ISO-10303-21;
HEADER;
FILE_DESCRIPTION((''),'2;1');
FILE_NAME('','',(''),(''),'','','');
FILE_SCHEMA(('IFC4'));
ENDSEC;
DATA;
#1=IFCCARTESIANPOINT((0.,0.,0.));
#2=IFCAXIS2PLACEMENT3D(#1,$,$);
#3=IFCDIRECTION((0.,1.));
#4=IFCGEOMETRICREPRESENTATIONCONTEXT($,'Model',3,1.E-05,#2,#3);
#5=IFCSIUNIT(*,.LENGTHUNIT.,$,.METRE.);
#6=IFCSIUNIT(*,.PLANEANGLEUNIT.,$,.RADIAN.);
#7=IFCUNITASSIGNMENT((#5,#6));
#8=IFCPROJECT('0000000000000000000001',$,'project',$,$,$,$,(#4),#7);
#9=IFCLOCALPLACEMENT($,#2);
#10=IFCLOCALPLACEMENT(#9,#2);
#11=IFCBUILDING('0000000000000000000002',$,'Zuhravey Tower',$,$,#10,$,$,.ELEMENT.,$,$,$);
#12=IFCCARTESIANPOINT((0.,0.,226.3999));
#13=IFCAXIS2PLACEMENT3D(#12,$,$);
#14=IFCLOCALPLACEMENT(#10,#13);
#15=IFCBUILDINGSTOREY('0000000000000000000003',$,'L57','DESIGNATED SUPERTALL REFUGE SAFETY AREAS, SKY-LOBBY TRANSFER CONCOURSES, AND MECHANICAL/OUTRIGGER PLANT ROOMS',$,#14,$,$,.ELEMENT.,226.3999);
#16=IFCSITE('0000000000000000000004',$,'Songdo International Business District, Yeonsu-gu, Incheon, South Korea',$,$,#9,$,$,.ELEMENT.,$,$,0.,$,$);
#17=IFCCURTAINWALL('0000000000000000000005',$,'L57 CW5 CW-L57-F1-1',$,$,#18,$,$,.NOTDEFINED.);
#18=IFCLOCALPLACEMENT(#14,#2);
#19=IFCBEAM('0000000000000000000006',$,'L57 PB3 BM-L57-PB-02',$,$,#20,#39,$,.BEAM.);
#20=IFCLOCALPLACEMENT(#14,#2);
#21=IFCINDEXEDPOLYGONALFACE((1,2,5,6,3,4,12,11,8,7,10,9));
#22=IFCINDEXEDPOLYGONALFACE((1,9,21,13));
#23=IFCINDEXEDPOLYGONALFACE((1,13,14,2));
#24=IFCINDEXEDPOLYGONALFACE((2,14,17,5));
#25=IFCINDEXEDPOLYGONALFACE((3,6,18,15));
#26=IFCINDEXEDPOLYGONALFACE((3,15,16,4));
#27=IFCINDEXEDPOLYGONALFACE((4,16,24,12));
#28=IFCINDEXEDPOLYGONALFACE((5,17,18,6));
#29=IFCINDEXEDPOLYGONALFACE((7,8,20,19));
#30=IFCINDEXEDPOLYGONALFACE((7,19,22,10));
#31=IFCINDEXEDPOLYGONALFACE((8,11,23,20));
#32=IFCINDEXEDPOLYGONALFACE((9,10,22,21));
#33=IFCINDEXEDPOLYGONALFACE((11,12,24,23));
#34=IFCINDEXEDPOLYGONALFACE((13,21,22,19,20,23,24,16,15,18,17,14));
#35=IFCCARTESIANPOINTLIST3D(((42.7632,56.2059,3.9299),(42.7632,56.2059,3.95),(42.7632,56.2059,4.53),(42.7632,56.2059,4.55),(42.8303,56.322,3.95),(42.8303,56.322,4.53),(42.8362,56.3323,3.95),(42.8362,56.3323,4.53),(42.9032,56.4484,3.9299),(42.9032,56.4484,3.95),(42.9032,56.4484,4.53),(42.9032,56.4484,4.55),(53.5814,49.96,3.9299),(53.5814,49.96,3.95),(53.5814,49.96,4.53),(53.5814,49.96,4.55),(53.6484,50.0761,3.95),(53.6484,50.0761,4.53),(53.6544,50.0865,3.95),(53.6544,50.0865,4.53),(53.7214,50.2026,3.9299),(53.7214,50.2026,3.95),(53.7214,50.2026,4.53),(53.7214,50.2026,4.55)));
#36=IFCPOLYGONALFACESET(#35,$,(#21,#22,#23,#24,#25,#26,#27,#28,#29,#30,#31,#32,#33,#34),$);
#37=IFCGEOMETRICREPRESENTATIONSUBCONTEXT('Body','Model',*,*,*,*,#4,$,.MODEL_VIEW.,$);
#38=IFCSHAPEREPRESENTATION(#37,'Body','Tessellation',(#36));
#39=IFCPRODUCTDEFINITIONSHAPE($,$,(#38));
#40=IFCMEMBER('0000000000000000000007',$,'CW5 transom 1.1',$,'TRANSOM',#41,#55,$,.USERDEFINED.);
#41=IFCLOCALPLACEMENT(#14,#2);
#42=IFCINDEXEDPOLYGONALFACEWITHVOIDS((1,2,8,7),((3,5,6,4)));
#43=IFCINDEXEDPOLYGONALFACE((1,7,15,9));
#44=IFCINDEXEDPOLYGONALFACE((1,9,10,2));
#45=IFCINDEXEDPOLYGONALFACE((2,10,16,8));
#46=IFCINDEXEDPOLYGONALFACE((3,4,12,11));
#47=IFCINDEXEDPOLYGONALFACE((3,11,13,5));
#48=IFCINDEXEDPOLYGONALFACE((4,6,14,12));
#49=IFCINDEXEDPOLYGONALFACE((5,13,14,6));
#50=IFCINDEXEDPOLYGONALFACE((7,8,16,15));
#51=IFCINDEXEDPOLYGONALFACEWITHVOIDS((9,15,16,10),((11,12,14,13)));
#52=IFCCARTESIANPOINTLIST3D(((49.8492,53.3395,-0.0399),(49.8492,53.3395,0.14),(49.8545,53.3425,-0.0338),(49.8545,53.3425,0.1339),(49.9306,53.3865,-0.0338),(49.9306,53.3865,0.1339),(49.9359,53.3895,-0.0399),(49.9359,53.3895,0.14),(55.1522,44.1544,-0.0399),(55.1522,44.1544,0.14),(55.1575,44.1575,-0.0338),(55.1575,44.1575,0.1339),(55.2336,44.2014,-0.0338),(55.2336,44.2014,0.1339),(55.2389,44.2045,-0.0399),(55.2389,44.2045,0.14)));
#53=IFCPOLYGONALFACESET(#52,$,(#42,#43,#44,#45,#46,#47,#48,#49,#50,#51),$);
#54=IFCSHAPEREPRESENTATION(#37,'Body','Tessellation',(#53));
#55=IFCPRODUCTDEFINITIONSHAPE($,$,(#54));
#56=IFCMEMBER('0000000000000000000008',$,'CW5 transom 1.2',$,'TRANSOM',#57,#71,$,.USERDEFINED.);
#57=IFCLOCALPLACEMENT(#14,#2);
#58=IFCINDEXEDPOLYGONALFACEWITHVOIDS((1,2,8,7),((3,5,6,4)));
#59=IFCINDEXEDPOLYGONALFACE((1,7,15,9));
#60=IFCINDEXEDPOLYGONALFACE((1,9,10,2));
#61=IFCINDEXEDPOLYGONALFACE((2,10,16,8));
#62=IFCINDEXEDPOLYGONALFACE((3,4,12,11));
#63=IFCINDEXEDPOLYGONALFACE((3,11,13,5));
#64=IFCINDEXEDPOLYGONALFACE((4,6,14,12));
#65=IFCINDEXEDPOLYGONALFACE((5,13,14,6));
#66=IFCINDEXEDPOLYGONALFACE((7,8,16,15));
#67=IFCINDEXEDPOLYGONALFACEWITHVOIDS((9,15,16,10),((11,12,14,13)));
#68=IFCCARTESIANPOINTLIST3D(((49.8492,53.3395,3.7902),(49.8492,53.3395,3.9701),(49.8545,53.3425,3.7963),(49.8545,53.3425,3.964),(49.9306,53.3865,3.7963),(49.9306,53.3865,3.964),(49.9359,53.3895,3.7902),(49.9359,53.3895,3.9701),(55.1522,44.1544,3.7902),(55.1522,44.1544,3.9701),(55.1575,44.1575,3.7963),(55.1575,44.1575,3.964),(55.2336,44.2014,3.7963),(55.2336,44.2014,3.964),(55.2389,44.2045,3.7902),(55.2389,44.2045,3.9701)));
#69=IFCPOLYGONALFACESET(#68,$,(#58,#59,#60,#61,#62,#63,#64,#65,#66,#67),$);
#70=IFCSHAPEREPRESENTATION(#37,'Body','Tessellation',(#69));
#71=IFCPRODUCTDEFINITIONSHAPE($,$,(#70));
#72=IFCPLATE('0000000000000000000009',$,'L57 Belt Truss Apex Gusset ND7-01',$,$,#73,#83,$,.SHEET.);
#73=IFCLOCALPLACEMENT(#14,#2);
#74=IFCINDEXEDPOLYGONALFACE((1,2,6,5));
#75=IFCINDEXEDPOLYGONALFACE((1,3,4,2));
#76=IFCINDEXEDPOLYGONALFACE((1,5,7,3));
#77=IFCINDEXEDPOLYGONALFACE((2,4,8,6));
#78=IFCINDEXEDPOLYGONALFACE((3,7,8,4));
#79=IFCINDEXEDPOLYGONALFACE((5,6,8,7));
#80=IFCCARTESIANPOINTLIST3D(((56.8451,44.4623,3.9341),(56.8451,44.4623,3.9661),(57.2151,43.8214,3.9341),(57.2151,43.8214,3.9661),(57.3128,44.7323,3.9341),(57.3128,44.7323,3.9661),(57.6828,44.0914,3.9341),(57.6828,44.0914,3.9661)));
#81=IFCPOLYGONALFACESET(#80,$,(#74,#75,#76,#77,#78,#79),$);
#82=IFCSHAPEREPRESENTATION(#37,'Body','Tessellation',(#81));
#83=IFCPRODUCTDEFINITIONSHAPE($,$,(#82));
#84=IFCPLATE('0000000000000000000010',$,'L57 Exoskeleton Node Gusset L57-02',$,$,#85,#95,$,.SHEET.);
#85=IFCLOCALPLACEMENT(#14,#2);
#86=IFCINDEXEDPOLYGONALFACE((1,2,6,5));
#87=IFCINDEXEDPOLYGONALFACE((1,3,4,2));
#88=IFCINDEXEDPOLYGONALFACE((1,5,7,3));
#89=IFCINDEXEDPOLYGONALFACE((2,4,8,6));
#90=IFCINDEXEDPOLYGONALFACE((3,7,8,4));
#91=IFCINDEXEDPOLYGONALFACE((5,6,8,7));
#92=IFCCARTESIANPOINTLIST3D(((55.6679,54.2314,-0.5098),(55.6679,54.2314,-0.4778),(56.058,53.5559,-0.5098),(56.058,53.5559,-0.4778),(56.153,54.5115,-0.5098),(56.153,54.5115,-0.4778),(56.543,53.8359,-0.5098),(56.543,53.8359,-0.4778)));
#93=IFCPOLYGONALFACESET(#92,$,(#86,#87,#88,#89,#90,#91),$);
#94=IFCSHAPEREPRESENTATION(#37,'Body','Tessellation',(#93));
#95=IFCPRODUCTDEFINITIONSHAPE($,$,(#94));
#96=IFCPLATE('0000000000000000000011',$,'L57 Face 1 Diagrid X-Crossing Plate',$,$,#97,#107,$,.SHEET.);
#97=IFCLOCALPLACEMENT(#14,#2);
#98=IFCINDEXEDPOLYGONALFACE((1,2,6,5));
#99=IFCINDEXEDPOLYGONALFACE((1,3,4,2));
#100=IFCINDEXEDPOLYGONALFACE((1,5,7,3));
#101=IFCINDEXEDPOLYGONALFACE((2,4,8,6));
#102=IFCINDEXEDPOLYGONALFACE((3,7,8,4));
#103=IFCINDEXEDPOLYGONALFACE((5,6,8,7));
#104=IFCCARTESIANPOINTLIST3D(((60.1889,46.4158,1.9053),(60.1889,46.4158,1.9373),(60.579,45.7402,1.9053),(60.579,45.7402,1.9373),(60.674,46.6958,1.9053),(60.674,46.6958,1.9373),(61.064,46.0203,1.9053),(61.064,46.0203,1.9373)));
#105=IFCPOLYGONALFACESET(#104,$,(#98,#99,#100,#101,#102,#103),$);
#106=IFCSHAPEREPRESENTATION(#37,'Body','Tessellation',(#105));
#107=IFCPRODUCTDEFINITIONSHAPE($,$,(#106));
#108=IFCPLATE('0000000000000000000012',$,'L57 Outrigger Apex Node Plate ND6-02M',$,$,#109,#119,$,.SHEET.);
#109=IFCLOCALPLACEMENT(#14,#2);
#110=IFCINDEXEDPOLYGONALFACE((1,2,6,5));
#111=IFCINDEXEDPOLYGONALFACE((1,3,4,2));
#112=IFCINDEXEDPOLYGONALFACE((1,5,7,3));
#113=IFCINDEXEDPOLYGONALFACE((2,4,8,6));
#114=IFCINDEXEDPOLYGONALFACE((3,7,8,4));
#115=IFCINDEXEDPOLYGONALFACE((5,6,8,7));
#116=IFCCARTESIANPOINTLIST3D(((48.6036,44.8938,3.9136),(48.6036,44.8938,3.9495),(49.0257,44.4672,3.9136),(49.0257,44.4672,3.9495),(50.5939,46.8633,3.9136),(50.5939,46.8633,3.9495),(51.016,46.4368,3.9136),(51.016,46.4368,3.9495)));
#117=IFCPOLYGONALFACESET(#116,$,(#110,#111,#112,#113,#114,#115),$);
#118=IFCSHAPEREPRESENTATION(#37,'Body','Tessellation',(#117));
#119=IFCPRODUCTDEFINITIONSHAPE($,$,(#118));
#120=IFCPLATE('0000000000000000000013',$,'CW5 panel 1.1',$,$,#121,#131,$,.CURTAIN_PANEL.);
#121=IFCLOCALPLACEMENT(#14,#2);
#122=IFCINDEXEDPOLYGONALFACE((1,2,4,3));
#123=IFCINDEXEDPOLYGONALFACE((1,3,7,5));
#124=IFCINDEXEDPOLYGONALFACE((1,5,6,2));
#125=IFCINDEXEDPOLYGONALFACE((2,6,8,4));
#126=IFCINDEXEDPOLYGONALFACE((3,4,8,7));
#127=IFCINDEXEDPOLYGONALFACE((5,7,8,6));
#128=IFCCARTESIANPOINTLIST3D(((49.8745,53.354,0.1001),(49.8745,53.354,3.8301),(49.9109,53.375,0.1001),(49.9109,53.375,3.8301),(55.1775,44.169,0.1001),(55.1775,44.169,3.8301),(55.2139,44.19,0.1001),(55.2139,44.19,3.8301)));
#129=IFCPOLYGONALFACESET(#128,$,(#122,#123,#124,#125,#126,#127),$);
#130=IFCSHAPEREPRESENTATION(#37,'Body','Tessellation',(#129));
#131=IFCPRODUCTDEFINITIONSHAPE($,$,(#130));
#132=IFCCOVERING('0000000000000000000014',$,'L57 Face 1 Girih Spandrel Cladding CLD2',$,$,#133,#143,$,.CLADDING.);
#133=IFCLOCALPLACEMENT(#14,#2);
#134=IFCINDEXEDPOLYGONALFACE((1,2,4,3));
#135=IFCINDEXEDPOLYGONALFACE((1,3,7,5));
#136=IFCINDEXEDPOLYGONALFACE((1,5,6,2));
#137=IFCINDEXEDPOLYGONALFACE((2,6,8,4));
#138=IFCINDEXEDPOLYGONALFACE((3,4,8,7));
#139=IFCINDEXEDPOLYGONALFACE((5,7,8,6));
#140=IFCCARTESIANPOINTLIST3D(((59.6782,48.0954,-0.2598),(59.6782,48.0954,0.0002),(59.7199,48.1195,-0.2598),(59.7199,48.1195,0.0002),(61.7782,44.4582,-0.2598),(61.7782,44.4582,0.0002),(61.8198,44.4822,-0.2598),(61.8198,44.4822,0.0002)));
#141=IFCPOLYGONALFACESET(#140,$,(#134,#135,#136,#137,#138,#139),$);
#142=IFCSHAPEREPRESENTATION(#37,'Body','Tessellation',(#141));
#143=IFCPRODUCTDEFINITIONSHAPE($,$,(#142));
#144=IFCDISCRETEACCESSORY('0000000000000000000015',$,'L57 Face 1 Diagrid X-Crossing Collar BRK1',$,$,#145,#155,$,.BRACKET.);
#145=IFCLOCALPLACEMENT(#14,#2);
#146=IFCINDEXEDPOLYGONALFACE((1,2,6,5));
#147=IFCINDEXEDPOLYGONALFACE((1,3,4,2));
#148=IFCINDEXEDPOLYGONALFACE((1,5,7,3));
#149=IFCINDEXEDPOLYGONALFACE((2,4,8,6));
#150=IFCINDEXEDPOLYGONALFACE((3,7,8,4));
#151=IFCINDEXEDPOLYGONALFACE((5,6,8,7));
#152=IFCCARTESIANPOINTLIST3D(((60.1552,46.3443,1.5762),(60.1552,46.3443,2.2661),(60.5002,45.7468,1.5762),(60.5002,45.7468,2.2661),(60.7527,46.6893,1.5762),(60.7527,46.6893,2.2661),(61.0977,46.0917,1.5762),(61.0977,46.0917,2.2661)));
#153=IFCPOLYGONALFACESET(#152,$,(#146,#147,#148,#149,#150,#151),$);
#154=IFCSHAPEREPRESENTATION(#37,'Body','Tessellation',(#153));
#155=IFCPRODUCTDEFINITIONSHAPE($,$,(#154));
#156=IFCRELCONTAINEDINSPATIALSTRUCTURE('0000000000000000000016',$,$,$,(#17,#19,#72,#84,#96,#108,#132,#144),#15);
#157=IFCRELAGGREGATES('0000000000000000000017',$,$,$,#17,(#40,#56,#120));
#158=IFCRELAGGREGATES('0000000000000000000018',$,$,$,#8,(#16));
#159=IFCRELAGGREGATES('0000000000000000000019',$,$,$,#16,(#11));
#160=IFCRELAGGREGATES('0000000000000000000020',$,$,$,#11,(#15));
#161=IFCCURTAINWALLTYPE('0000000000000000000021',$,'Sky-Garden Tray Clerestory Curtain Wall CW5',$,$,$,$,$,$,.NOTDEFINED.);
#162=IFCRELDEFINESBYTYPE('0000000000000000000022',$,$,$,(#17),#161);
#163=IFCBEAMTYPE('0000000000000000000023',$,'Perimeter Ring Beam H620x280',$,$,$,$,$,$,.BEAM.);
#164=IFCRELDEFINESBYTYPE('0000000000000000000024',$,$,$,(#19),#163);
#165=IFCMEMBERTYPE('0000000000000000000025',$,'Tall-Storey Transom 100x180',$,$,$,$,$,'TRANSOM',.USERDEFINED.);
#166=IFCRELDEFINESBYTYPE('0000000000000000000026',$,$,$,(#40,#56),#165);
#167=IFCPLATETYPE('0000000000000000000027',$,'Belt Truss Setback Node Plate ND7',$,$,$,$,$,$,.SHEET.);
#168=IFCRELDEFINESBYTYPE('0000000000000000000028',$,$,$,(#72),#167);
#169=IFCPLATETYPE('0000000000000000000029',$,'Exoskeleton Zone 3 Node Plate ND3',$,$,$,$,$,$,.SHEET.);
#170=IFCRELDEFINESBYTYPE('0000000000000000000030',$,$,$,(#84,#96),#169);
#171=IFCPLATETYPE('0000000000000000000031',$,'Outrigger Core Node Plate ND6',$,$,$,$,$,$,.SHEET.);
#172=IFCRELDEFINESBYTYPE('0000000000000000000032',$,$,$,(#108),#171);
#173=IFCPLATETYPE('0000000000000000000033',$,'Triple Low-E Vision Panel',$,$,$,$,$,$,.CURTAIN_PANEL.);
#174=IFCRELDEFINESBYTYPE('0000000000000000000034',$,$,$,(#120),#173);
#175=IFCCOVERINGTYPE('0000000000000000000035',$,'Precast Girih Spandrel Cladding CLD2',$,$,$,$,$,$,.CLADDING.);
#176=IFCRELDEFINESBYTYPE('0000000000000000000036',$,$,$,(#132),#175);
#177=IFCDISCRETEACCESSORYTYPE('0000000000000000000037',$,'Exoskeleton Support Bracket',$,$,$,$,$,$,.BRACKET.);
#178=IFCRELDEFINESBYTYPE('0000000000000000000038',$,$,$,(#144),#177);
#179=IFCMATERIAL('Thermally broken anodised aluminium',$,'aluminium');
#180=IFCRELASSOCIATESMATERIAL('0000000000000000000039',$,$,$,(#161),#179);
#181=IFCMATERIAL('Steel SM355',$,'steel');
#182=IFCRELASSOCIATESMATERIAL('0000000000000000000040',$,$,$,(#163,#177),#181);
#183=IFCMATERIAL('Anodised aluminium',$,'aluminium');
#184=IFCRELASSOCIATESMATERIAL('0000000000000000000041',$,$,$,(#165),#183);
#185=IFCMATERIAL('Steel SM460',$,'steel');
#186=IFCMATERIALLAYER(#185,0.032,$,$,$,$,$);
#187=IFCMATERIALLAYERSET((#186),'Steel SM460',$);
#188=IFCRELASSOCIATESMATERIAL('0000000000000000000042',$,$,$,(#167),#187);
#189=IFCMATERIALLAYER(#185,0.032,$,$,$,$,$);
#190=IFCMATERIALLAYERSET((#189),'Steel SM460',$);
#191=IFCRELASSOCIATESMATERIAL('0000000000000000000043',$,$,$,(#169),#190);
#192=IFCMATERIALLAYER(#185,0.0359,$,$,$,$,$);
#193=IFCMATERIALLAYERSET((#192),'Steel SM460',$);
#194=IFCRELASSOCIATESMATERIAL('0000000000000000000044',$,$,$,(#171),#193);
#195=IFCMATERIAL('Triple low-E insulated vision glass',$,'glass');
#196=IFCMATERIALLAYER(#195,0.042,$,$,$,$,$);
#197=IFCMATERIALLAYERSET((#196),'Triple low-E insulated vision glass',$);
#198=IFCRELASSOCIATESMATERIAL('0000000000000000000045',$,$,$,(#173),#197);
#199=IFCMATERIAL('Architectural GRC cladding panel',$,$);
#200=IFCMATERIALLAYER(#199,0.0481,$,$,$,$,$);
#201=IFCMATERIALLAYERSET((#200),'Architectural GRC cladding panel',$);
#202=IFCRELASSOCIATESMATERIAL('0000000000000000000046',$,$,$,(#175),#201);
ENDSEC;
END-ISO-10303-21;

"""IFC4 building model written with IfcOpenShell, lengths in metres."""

from ifc_helpers import new_model, si_unit, direction, frame, origin, origin_2d, place, context, subcontext, project, spatial, rectangle, hollow_rectangle, i_section, extrude, material, layer, layer_set, material_profile, profile_set, type_object, element, aggregate, save


model = new_model("IFC4")

# Units and contexts
model_context = context("Model", 3, precision=1e-05, world=origin(), true_north=direction((0.0, 1.0)))
body_context = subcontext(model_context, "Body", "Model", "MODEL_VIEW")
ifc_project = project(units=[si_unit("LENGTHUNIT", "METRE"), si_unit("PLANEANGLEUNIT", "RADIAN")], contexts=[model_context])

# Site, building, storey
site_placement = place(None, origin())
site = spatial("IfcSite", under=ifc_project, at=site_placement, Name="Songdo International Business District, Yeonsu-gu, Incheon, South Korea", CompositionType="ELEMENT", RefElevation=0.0)
building_placement = place(site_placement, origin())
building = spatial("IfcBuilding", under=site, at=building_placement, Name="Zuhravey Tower", CompositionType="ELEMENT")
storey_placement = place(building_placement, frame((0.0, 0.0, 226.3999)))
storey = spatial("IfcBuildingStorey", under=building, at=storey_placement, Name="L57", Description="DESIGNATED SUPERTALL REFUGE SAFETY AREAS, SKY-LOBBY TRANSFER CONCOURSES, AND MECHANICAL/OUTRIGGER PLANT ROOMS", CompositionType="ELEMENT", Elevation=226.3999)

# Shared definitions
ifc_material_1 = material(Name="Steel SM355", Category="steel")

# Shared definitions
ifc_material_2 = material(Name="Steel SM460", Category="steel")

# Curtain wall
ifc_material_3 = material(Name="Thermally broken anodised aluminium", Category="aluminium")
curtain_wall_type = type_object("IfcCurtainWallType", Name="Sky-Garden Tray Clerestory Curtain Wall CW5", PredefinedType="NOTDEFINED", material=ifc_material_3)
curtain_wall_placement = place(storey_placement, origin())
curtain_wall = element("IfcCurtainWall", 1, at=curtain_wall_placement, inside=storey, type_object=curtain_wall_type, Name="L57 CW5 CW-L57-F1-1", PredefinedType="NOTDEFINED")
ifc_material_4 = material(Name="Anodised aluminium", Category="aluminium")

# Beam
ifc_material_profile_1 = material_profile(ifc_material_1, i_section(OverallWidth=0.28, OverallDepth=0.6201, WebThickness=0.012, FlangeThickness=0.02, at=origin_2d()), Name="H-620x280x12x20")
ifc_profile_set_1 = profile_set([ifc_material_profile_1], Name="Steel SM355")
beam_type_1 = type_object("IfcBeamType", Name="Perimeter Ring Beam H620x280", PredefinedType="BEAM", material=ifc_profile_set_1)
beam_1_placement = place(storey_placement, frame((53.6514, 50.0813, 4.24), z_axis=(-0.866025, 0.5, 0.0), x_axis=(-0.5, -0.866025, 0.0)))
element("IfcBeam", 2, at=beam_1_placement, inside=storey, type_object=beam_type_1, Name="L57 PB3 BM-L57-PB-02", PredefinedType="BEAM", context=body_context, shape_type="SweptSolid", body=[
    extrude(i_section(OverallWidth=0.28, OverallDepth=0.6201, WebThickness=0.012, FlangeThickness=0.02, at=origin_2d()), origin(), (0.0, 0.0, 1.0), 12.4917),
])

# Members
ifc_material_profile_2 = material_profile(ifc_material_4, hollow_rectangle(XDim=0.1001, YDim=0.1799, WallThickness=0.0061, at=origin_2d()), Name="ALU-RHS-100x180x6")
ifc_profile_set_2 = profile_set([ifc_material_profile_2], Name="Anodised aluminium")
member_type_1 = type_object("IfcMemberType", Name="Tall-Storey Transom 100x180", ElementType="TRANSOM", PredefinedType="USERDEFINED", material=ifc_profile_set_2)
member_1_placement = place(storey_placement, frame((49.8926, 53.3645, 0.05), z_axis=(0.499999, -0.866026, 0.0), x_axis=(0.866026, 0.499999, 0.0)))
member_1 = element("IfcMember", 3, at=member_1_placement, type_object=member_type_1, Name="CW5 transom 1.1", ObjectType="TRANSOM", PredefinedType="USERDEFINED", context=body_context, shape_type="SweptSolid", body=[
    extrude(hollow_rectangle(XDim=0.1001, YDim=0.1799, WallThickness=0.0061, at=origin_2d()), origin(), (0.0, 0.0, 1.0), 10.606),
])
member_2_placement = place(storey_placement, frame((49.8926, 53.3645, 3.8801), z_axis=(0.499999, -0.866026, 0.0), x_axis=(0.866026, 0.499999, 0.0)))
member_2 = element("IfcMember", 4, at=member_2_placement, type_object=member_type_1, Name="CW5 transom 1.2", ObjectType="TRANSOM", PredefinedType="USERDEFINED", context=body_context, shape_type="SweptSolid", body=[
    extrude(hollow_rectangle(XDim=0.1001, YDim=0.1799, WallThickness=0.0061, at=origin_2d()), origin(), (0.0, 0.0, 1.0), 10.606),
])

# Plates
ifc_layer_1 = layer(ifc_material_2, 0.032)
ifc_layer_set_1 = layer_set([ifc_layer_1], Name="Steel SM460")
plate_type_1 = type_object("IfcPlateType", Name="Belt Truss Setback Node Plate ND7", PredefinedType="SHEET", material=ifc_layer_set_1)
plate_1_placement = place(storey_placement, frame((57.2639, 44.2769, 3.9341), z_axis=(0.0, 0.0, 1.0), x_axis=(-0.5, 0.866025, 0.0)))
element("IfcPlate", 5, at=plate_1_placement, inside=storey, type_object=plate_type_1, Name="L57 Belt Truss Apex Gusset ND7-01", PredefinedType="SHEET", context=body_context, shape_type="SweptSolid", body=[
    extrude(rectangle(XDim=0.74, YDim=0.54, at=origin_2d()), origin(), (0.0, 0.0, 1.0), 0.032),
])
ifc_layer_2 = layer(ifc_material_2, 0.032)
ifc_layer_set_2 = layer_set([ifc_layer_2], Name="Steel SM460")
plate_type_2 = type_object("IfcPlateType", Name="Exoskeleton Zone 3 Node Plate ND3", PredefinedType="SHEET", material=ifc_layer_set_2)
for number, where, z_axis, x_axis, name in (
    (6, (56.1055, 54.0337, -0.5098), (0.0, 0.0, 1.0), (-0.5, 0.866025, 0.0), "L57 Exoskeleton Node Gusset L57-02"),
    (7, (60.6265, 46.218, 1.9053), (0.0, 0.0, 1.0), (-0.5, 0.866025, 0.0), "L57 Face 1 Diagrid X-Crossing Plate"),
):
    element("IfcPlate", number, at=place(storey_placement, frame(where, z_axis=z_axis, x_axis=x_axis)), inside=storey, type_object=plate_type_2, Name=name, PredefinedType="SHEET", context=body_context, shape_type="SweptSolid", body=[
        extrude(rectangle(XDim=0.78, YDim=0.5601, at=origin_2d()), origin(), (0.0, 0.0, 1.0), 0.032),
    ])
ifc_layer_3 = layer(ifc_material_2, 0.0359)
ifc_layer_set_3 = layer_set([ifc_layer_3], Name="Steel SM460")
plate_type_3 = type_object("IfcPlateType", Name="Outrigger Core Node Plate ND6", PredefinedType="SHEET", material=ifc_layer_set_3)
plate_2_placement = place(storey_placement, frame((49.8098, 45.6653, 3.9136), z_axis=(0.0, 0.0, 1.0), x_axis=(0.710799, 0.703395, 0.0)))
element("IfcPlate", 8, at=plate_2_placement, inside=storey, type_object=plate_type_3, Name="L57 Outrigger Apex Node Plate ND6-02M", PredefinedType="SHEET", context=body_context, shape_type="SweptSolid", body=[
    extrude(rectangle(XDim=2.8, YDim=0.6001, at=origin_2d()), origin(), (0.0, 0.0, 1.0), 0.0359),
])

# Plate
ifc_material_5 = material(Name="Triple low-E insulated vision glass", Category="glass")
ifc_layer_4 = layer(ifc_material_5, 0.042)
ifc_layer_set_4 = layer_set([ifc_layer_4], Name="Triple low-E insulated vision glass")
plate_type_4 = type_object("IfcPlateType", Name="Triple Low-E Vision Panel", PredefinedType="CURTAIN_PANEL", material=ifc_layer_set_4)
plate_3_placement = place(storey_placement, frame((52.5442, 48.772, 0.1001), z_axis=(0.0, 0.0, 1.0), x_axis=(0.500003, -0.866024, 0.0)))
plate_3 = element("IfcPlate", 9, at=plate_3_placement, type_object=plate_type_4, Name="CW5 panel 1.1", PredefinedType="CURTAIN_PANEL", context=body_context, shape_type="SweptSolid", body=[
    extrude(rectangle(XDim=10.606, YDim=0.042, at=origin_2d()), origin(), (0.0, 0.0, 1.0), 3.73),
])
aggregate(curtain_wall, [member_1, member_2, plate_3])

# Covering
ifc_material_6 = material(Name="Architectural GRC cladding panel")
ifc_layer_5 = layer(ifc_material_6, 0.0481)
ifc_layer_set_5 = layer_set([ifc_layer_5], Name="Architectural GRC cladding panel")
covering_type = type_object("IfcCoveringType", Name="Precast Girih Spandrel Cladding CLD2", PredefinedType="CLADDING", material=ifc_layer_set_5)
covering_placement = place(storey_placement, frame((60.749, 46.2888, -0.2598), z_axis=(0.0, 0.0, 1.0), x_axis=(0.5, -0.866025, 0.0)))
element("IfcCovering", 10, at=covering_placement, inside=storey, type_object=covering_type, Name="L57 Face 1 Girih Spandrel Cladding CLD2", PredefinedType="CLADDING", context=body_context, shape_type="SweptSolid", body=[
    extrude(rectangle(XDim=4.2, YDim=0.0481, at=origin_2d()), origin(), (0.0, 0.0, 1.0), 0.26),
])

# Discrete accessory
discrete_accessory_type = type_object("IfcDiscreteAccessoryType", Name="Exoskeleton Support Bracket", PredefinedType="BRACKET", material=ifc_material_1)
discrete_accessory_placement = place(storey_placement, frame((60.6265, 46.218, 1.5762), z_axis=(0.0, 0.0, 1.0), x_axis=(-0.5, 0.866025, 0.0)))
element("IfcDiscreteAccessory", 11, at=discrete_accessory_placement, inside=storey, type_object=discrete_accessory_type, Name="L57 Face 1 Diagrid X-Crossing Collar BRK1", PredefinedType="BRACKET", context=body_context, shape_type="SweptSolid", body=[
    extrude(rectangle(XDim=0.6899, YDim=0.6899, at=origin_2d()), origin(), (0.0, 0.0, 1.0), 0.6899),
])

save(model, "model.ifc")
